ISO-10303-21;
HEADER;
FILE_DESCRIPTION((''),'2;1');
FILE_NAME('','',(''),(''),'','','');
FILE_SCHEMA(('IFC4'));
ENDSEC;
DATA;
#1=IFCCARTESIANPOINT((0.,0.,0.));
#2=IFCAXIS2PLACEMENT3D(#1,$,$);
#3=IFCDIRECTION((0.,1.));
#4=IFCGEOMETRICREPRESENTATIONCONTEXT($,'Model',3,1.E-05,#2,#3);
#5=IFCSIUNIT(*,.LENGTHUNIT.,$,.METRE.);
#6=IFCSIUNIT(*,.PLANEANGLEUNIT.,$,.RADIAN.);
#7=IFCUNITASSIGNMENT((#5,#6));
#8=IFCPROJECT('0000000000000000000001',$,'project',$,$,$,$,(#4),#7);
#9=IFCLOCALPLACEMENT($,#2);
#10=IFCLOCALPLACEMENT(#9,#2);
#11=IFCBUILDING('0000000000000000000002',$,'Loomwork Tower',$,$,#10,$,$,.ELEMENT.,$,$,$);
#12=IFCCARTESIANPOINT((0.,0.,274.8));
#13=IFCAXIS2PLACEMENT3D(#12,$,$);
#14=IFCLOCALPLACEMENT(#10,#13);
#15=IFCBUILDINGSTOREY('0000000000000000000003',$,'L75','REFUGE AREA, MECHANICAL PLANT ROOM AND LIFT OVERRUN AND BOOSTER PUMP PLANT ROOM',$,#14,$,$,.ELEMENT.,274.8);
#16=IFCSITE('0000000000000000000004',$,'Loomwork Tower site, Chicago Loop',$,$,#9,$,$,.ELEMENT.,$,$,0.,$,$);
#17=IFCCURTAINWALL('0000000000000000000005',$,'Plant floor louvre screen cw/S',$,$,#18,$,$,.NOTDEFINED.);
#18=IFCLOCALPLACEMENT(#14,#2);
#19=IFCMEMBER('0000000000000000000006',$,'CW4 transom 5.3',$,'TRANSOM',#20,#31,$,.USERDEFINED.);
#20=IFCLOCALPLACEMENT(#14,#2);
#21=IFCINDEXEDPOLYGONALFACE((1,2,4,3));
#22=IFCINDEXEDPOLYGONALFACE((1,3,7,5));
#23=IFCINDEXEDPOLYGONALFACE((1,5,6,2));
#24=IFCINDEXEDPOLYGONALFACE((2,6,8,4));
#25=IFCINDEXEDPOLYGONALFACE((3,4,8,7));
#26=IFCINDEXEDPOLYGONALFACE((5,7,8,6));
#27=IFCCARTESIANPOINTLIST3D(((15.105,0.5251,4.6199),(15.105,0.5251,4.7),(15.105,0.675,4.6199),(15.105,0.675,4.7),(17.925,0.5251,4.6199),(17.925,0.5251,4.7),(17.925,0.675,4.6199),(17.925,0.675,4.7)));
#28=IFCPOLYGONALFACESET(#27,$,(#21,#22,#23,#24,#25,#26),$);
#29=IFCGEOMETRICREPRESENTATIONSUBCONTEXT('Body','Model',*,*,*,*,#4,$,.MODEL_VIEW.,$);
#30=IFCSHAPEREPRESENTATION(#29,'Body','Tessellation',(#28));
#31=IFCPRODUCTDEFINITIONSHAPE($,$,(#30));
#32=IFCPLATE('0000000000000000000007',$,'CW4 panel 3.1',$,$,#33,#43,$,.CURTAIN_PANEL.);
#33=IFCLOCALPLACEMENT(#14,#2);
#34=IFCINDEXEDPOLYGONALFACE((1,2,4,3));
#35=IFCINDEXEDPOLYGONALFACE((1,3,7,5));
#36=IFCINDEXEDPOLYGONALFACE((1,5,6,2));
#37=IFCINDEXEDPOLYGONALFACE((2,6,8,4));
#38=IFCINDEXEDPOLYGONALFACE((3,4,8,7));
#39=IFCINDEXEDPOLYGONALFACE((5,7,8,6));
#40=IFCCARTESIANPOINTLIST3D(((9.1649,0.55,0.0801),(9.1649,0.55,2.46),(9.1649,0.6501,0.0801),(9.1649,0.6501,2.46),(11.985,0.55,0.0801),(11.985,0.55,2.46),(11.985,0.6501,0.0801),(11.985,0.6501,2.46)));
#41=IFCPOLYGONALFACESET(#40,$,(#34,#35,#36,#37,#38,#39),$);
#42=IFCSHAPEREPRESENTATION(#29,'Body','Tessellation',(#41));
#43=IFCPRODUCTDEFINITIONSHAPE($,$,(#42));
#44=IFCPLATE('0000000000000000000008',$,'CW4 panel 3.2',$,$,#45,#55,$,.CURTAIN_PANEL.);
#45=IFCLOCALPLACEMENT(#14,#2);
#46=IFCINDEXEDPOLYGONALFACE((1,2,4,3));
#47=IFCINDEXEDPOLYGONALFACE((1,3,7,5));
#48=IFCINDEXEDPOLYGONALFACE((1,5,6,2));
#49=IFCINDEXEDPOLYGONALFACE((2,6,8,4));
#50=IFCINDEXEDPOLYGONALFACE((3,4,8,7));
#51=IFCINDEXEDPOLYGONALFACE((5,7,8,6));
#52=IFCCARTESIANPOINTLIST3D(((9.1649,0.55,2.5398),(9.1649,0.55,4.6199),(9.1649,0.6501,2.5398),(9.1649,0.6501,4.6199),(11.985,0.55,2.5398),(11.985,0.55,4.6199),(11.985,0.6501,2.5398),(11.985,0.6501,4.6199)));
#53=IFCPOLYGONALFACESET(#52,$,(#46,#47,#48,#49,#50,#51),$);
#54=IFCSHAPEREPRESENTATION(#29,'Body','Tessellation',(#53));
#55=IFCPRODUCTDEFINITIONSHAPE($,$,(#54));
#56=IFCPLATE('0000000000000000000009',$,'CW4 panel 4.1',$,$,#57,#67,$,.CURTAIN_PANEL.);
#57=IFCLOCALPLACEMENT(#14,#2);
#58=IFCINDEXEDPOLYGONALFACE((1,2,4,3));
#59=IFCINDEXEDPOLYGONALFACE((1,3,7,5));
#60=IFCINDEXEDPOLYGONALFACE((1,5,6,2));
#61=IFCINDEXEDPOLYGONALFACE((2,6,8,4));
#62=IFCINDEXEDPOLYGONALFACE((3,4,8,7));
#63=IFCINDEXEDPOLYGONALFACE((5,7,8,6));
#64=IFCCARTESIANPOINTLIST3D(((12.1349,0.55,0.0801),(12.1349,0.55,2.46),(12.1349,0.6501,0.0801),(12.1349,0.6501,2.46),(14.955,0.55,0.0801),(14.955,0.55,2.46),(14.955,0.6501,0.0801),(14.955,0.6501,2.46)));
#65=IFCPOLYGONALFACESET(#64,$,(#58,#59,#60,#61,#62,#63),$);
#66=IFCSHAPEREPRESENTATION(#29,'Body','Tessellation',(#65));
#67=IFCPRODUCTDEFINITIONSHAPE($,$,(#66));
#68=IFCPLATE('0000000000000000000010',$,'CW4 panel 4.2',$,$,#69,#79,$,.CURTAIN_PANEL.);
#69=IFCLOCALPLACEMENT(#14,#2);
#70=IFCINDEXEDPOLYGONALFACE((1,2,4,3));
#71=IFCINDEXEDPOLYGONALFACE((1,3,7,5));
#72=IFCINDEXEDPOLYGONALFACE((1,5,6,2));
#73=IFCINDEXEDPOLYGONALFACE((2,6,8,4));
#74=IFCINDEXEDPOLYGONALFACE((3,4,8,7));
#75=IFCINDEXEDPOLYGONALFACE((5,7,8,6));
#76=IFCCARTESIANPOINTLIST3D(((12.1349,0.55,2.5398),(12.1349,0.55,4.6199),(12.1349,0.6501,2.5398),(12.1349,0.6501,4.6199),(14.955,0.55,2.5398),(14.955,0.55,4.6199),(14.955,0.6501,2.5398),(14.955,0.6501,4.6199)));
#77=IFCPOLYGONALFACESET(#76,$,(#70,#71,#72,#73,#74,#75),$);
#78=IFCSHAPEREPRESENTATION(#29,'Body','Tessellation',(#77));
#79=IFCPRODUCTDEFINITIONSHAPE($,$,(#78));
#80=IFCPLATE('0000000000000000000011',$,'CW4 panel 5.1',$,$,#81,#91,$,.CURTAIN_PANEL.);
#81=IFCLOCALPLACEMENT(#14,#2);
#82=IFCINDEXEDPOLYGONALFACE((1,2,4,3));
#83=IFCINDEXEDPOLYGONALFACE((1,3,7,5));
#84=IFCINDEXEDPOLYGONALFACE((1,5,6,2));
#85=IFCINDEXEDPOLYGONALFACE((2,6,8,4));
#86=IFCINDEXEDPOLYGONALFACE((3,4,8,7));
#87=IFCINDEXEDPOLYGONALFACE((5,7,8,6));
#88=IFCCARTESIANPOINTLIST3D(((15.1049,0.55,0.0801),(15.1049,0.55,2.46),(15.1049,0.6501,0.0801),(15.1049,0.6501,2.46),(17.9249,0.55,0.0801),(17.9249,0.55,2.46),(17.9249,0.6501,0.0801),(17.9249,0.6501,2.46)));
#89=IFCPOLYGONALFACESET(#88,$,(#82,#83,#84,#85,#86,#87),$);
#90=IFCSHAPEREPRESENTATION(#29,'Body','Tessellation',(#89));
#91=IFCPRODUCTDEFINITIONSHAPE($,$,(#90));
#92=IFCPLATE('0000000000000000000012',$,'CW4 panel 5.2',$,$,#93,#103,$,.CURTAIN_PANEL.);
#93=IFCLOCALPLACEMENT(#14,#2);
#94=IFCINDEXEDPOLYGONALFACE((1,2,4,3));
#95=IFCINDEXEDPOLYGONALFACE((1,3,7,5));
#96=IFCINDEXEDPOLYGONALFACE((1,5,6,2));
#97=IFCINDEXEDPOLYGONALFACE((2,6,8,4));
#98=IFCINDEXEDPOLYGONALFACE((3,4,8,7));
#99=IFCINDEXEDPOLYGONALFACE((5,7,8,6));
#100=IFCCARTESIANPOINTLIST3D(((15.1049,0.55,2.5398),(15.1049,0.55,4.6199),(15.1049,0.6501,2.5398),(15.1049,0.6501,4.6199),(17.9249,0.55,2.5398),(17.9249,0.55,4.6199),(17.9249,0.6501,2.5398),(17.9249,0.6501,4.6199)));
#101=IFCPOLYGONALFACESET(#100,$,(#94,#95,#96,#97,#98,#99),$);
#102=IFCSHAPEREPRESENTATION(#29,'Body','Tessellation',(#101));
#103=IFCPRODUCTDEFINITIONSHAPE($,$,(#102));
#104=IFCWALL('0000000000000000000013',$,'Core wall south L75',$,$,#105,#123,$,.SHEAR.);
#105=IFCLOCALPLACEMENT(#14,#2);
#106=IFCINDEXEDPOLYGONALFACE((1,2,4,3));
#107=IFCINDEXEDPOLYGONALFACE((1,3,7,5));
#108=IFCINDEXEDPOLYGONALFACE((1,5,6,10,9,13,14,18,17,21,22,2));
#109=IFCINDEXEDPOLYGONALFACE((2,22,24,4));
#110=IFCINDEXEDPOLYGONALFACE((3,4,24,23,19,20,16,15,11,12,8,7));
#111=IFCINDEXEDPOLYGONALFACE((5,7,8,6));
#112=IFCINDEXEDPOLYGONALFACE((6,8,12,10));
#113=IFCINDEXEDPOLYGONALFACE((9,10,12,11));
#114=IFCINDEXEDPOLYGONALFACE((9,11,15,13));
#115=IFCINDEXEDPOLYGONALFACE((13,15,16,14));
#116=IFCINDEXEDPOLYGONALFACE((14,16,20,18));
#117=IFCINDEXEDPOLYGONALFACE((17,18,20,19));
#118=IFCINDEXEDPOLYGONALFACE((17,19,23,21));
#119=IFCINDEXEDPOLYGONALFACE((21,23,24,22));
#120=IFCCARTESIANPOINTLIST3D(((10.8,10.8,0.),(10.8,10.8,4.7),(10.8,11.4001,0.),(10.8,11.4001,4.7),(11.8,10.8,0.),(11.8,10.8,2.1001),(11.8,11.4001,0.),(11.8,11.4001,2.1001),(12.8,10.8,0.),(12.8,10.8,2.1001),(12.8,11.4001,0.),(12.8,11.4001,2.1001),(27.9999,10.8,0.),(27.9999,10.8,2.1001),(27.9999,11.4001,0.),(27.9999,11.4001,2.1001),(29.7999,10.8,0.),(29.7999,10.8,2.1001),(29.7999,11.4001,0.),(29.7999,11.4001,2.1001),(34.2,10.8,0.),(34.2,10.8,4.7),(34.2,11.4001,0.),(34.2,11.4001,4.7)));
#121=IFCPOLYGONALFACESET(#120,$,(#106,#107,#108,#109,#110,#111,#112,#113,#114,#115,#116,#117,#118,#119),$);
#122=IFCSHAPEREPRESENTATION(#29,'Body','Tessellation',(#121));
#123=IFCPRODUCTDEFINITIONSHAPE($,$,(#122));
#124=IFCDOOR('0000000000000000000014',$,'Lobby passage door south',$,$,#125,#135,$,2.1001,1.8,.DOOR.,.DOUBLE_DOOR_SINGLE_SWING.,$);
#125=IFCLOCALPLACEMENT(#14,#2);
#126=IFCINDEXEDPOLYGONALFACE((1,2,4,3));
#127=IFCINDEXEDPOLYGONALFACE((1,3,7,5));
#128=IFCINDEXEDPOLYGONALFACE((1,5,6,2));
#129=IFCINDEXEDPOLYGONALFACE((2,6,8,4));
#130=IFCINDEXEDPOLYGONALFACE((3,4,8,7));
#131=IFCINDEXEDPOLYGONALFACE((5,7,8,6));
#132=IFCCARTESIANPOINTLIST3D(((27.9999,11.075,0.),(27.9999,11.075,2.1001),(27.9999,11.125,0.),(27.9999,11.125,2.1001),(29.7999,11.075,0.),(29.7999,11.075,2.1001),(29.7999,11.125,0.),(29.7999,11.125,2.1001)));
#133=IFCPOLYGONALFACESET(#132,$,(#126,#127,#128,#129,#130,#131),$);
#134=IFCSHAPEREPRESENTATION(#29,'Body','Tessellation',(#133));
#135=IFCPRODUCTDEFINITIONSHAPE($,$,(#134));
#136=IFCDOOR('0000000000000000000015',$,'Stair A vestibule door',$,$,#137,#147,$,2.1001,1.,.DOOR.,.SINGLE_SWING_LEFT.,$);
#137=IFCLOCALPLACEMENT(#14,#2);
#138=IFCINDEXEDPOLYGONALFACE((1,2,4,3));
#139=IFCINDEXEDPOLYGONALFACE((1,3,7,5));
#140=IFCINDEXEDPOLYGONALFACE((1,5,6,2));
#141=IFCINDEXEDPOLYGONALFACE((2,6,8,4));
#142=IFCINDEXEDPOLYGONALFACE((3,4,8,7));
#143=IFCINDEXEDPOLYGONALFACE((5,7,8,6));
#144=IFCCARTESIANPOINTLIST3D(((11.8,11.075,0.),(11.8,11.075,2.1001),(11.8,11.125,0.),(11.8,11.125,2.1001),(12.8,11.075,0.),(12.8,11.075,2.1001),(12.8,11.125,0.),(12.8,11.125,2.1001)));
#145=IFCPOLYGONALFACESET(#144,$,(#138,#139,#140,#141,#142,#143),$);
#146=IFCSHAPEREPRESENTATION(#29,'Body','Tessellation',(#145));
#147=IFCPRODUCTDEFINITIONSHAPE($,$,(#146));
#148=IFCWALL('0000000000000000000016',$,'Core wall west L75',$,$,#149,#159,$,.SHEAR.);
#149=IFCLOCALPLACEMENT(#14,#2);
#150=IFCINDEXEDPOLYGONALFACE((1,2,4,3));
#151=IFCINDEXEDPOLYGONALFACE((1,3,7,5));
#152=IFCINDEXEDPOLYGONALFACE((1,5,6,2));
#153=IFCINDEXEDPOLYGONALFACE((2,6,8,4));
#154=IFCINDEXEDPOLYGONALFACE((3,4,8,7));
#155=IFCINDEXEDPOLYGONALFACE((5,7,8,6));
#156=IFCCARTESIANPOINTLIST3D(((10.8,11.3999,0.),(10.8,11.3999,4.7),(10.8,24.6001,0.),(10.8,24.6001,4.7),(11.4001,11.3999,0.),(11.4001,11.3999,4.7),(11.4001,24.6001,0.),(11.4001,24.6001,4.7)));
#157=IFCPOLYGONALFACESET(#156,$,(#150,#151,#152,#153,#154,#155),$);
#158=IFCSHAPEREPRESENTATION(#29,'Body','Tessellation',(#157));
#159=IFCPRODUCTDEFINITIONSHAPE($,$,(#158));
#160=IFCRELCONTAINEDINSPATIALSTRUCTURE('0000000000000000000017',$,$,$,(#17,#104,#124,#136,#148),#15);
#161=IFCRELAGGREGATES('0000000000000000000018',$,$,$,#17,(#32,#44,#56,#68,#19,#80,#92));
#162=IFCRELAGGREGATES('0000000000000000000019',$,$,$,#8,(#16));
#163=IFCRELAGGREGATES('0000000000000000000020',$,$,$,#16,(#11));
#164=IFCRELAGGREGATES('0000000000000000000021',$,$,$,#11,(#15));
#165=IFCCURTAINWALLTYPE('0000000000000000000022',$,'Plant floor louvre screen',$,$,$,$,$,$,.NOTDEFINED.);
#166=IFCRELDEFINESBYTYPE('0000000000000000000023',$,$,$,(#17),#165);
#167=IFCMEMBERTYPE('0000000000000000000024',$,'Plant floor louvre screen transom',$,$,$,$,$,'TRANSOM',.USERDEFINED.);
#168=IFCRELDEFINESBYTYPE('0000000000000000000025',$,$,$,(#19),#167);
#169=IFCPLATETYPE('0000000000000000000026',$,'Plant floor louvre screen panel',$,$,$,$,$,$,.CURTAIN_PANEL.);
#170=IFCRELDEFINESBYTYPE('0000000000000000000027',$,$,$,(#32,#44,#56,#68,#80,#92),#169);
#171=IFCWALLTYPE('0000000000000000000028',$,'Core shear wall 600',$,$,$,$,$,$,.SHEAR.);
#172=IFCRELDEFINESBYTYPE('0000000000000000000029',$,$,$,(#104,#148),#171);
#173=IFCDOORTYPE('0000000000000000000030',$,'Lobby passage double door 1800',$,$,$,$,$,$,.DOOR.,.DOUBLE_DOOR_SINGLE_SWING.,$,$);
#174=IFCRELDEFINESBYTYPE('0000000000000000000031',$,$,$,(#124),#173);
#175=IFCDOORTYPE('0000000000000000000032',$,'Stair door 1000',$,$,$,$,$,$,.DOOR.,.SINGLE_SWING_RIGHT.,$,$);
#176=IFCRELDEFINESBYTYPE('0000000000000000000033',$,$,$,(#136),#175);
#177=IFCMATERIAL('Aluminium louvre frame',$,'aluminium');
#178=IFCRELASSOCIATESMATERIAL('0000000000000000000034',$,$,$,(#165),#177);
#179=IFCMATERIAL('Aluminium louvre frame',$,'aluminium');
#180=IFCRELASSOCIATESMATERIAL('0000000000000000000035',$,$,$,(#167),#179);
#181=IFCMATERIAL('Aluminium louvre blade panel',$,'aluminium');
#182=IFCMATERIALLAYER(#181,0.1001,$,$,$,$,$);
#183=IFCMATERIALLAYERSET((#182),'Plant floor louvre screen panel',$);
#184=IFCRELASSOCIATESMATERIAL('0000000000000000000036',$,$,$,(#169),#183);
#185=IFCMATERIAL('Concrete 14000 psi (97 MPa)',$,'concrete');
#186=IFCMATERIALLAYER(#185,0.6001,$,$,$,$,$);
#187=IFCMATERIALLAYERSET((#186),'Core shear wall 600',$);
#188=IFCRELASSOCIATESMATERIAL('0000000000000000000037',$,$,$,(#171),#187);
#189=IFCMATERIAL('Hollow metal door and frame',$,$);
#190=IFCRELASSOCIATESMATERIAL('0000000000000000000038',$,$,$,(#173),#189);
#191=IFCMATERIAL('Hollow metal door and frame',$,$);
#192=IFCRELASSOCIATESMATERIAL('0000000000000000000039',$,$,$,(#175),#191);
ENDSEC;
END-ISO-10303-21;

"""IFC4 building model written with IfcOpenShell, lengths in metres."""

from ifc_helpers import new_model, si_unit, direction, frame, frame_2d, origin, origin_2d, place, context, subcontext, project, spatial, rectangle, extrude, material, layer, layer_set, material_profile, profile_set, type_object, element, fill, aggregate, save


model = new_model("IFC4")

# Units and contexts
model_context = context("Model", 3, precision=1e-05, world=origin(), true_north=direction((0.0, 1.0)))
body_context = subcontext(model_context, "Body", "Model", "MODEL_VIEW")
ifc_project = project(units=[si_unit("LENGTHUNIT", "METRE"), si_unit("PLANEANGLEUNIT", "RADIAN")], contexts=[model_context])

# Site, building, storey
site_placement = place(None, origin())
site = spatial("IfcSite", under=ifc_project, at=site_placement, Name="Loomwork Tower site, Chicago Loop", CompositionType="ELEMENT", RefElevation=0.0)
building_placement = place(site_placement, origin())
building = spatial("IfcBuilding", under=site, at=building_placement, Name="Loomwork Tower", CompositionType="ELEMENT")
storey_placement = place(building_placement, frame((0.0, 0.0, 274.8)))
storey = spatial("IfcBuildingStorey", under=building, at=storey_placement, Name="L75", Description="REFUGE AREA, MECHANICAL PLANT ROOM AND LIFT OVERRUN AND BOOSTER PUMP PLANT ROOM", CompositionType="ELEMENT", Elevation=274.8)

# Curtain wall, member, plates
ifc_material_1 = material(Name="Aluminium louvre frame", Category="aluminium")
curtain_wall_type = type_object("IfcCurtainWallType", Name="Plant floor louvre screen", PredefinedType="NOTDEFINED", material=ifc_material_1)
curtain_wall_placement = place(storey_placement, origin())
curtain_wall = element("IfcCurtainWall", 1, at=curtain_wall_placement, inside=storey, type_object=curtain_wall_type, Name="Plant floor louvre screen cw/S", PredefinedType="NOTDEFINED")
ifc_material_2 = material(Name="Aluminium louvre frame", Category="aluminium")
ifc_material_profile_1 = material_profile(ifc_material_2, rectangle(XDim=0.1499, YDim=0.0801, at=origin_2d()), Name="AL 80x150")
ifc_profile_set_1 = profile_set([ifc_material_profile_1], Name="Aluminium louvre frame")
member_type_1 = type_object("IfcMemberType", Name="Plant floor louvre screen transom", ElementType="TRANSOM", PredefinedType="USERDEFINED", material=ifc_profile_set_1)
member_1_placement = place(storey_placement, frame((15.105, 0.6001, 4.6599), z_axis=(1.0, 0.0, 0.0), x_axis=(0.0, 1.0, 0.0)))
member_1 = element("IfcMember", 2, at=member_1_placement, type_object=member_type_1, Name="CW4 transom 5.3", ObjectType="TRANSOM", PredefinedType="USERDEFINED", context=body_context, shape_type="SweptSolid", body=[
    extrude(rectangle(XDim=0.1499, YDim=0.0801, at=origin_2d()), origin(), (0.0, 0.0, 1.0), 2.8201),
])
ifc_material_3 = material(Name="Aluminium louvre blade panel", Category="aluminium")
ifc_layer_1 = layer(ifc_material_3, 0.1001)
ifc_layer_set_1 = layer_set([ifc_layer_1], Name="Plant floor louvre screen panel")
plate_type = type_object("IfcPlateType", Name="Plant floor louvre screen panel", PredefinedType="CURTAIN_PANEL", material=ifc_layer_set_1)
plate_1_placement = place(storey_placement, frame((10.575, 0.6001, 0.0801), z_axis=(0.0, 0.0, 1.0), x_axis=(1.0, 0.0, 0.0)))
plate_1 = element("IfcPlate", 3, at=plate_1_placement, type_object=plate_type, Name="CW4 panel 3.1", PredefinedType="CURTAIN_PANEL", context=body_context, shape_type="SweptSolid", body=[
    extrude(rectangle(XDim=2.8201, YDim=0.1001, at=origin_2d()), origin(), (0.0, 0.0, 1.0), 2.3799),
])
plate_2_placement = place(storey_placement, frame((10.575, 0.6001, 2.5398), z_axis=(0.0, 0.0, 1.0), x_axis=(1.0, 0.0, 0.0)))
plate_2 = element("IfcPlate", 4, at=plate_2_placement, type_object=plate_type, Name="CW4 panel 3.2", PredefinedType="CURTAIN_PANEL", context=body_context, shape_type="SweptSolid", body=[
    extrude(rectangle(XDim=2.8201, YDim=0.1001, at=origin_2d()), origin(), (0.0, 0.0, 1.0), 2.0801),
])
plate_3_placement = place(storey_placement, frame((13.5449, 0.6001, 0.0801), z_axis=(0.0, 0.0, 1.0), x_axis=(1.0, 0.0, 0.0)))
plate_3 = element("IfcPlate", 5, at=plate_3_placement, type_object=plate_type, Name="CW4 panel 4.1", PredefinedType="CURTAIN_PANEL", context=body_context, shape_type="SweptSolid", body=[
    extrude(rectangle(XDim=2.8201, YDim=0.1001, at=origin_2d()), origin(), (0.0, 0.0, 1.0), 2.3799),
])
plate_4_placement = place(storey_placement, frame((13.5449, 0.6001, 2.5398), z_axis=(0.0, 0.0, 1.0), x_axis=(1.0, 0.0, 0.0)))
plate_4 = element("IfcPlate", 6, at=plate_4_placement, type_object=plate_type, Name="CW4 panel 4.2", PredefinedType="CURTAIN_PANEL", context=body_context, shape_type="SweptSolid", body=[
    extrude(rectangle(XDim=2.8201, YDim=0.1001, at=origin_2d()), origin(), (0.0, 0.0, 1.0), 2.0801),
])
plate_5_placement = place(storey_placement, frame((16.5149, 0.6001, 0.0801), z_axis=(0.0, 0.0, 1.0), x_axis=(1.0, 0.0, 0.0)))
plate_5 = element("IfcPlate", 7, at=plate_5_placement, type_object=plate_type, Name="CW4 panel 5.1", PredefinedType="CURTAIN_PANEL", context=body_context, shape_type="SweptSolid", body=[
    extrude(rectangle(XDim=2.8201, YDim=0.1001, at=origin_2d()), origin(), (0.0, 0.0, 1.0), 2.3799),
])
plate_6_placement = place(storey_placement, frame((16.5149, 0.6001, 2.5398), z_axis=(0.0, 0.0, 1.0), x_axis=(1.0, 0.0, 0.0)))
plate_6 = element("IfcPlate", 8, at=plate_6_placement, type_object=plate_type, Name="CW4 panel 5.2", PredefinedType="CURTAIN_PANEL", context=body_context, shape_type="SweptSolid", body=[
    extrude(rectangle(XDim=2.8201, YDim=0.1001, at=origin_2d()), origin(), (0.0, 0.0, 1.0), 2.0801),
])
aggregate(curtain_wall, [plate_1, plate_2, plate_3, plate_4, member_1, plate_5, plate_6])

# Wall, openings, doors
ifc_material_4 = material(Name="Concrete 14000 psi (97 MPa)", Category="concrete")
ifc_layer_2 = layer(ifc_material_4, 0.6001)
ifc_layer_set_2 = layer_set([ifc_layer_2], Name="Core shear wall 600")
wall_type_1 = type_object("IfcWallType", Name="Core shear wall 600", PredefinedType="SHEAR", material=ifc_layer_set_2)
wall_1_placement = place(storey_placement, frame((10.8, 11.1001, 0.0), z_axis=(0.0, 0.0, 1.0), x_axis=(1.0, 0.0, 0.0)))
wall_1 = element("IfcWall", 9, at=wall_1_placement, inside=storey, type_object=wall_type_1, Name="Core wall south L75", PredefinedType="SHEAR", context=body_context, shape_type="SweptSolid", body=[
    extrude(rectangle(XDim=23.3999, YDim=0.6001, at=frame_2d((11.7, 0.0))), origin(), (0.0, 0.0, 1.0), 4.7),
])
opening_1_placement = place(wall_1_placement, frame((1.0, 0.0, 0.0)))
opening_1 = element("IfcOpeningElement", 10, at=opening_1_placement, cuts=wall_1, PredefinedType="OPENING", context=body_context, shape_type="SweptSolid", body=[
    extrude(rectangle(XDim=1.0, YDim=2.1001, at=frame_2d((0.5, 1.05))), frame((0.0, 0.3101, 0.0), z_axis=(0.0, -1.0, 0.0), x_axis=(1.0, 0.0, 0.0)), (0.0, 0.0, 1.0), 0.6201),
])
opening_2_placement = place(wall_1_placement, frame((17.2, 0.0, 0.0)))
opening_2 = element("IfcOpeningElement", 11, at=opening_2_placement, cuts=wall_1, PredefinedType="OPENING", context=body_context, shape_type="SweptSolid", body=[
    extrude(rectangle(XDim=1.8, YDim=2.1001, at=frame_2d((0.8999, 1.05))), frame((0.0, 0.3101, 0.0), z_axis=(0.0, -1.0, 0.0), x_axis=(1.0, 0.0, 0.0)), (0.0, 0.0, 1.0), 0.6201),
])
ifc_material_5 = material(Name="Hollow metal door and frame")
door_type_1 = type_object("IfcDoorType", Name="Lobby passage double door 1800", OperationType="DOUBLE_DOOR_SINGLE_SWING", PredefinedType="DOOR", material=ifc_material_5)
door_1_placement = place(opening_2_placement, origin())
door_1 = element("IfcDoor", 12, at=door_1_placement, inside=storey, type_object=door_type_1, Name="Lobby passage door south", OperationType="DOUBLE_DOOR_SINGLE_SWING", OverallHeight=2.1001, OverallWidth=1.8, PredefinedType="DOOR", context=body_context, shape_type="SweptSolid", body=[
    extrude(rectangle(XDim=1.8, YDim=2.1001, at=frame_2d((0.8999, 1.05))), frame((0.0, 0.0249, 0.0), z_axis=(0.0, -1.0, 0.0), x_axis=(1.0, 0.0, 0.0)), (0.0, 0.0, 1.0), 0.05),
])
fill(opening_2, door_1)
ifc_material_6 = material(Name="Hollow metal door and frame")
door_type_2 = type_object("IfcDoorType", Name="Stair door 1000", OperationType="SINGLE_SWING_RIGHT", PredefinedType="DOOR", material=ifc_material_6)
door_2_placement = place(opening_1_placement, origin())
door_2 = element("IfcDoor", 13, at=door_2_placement, inside=storey, type_object=door_type_2, Name="Stair A vestibule door", OperationType="SINGLE_SWING_LEFT", OverallHeight=2.1001, OverallWidth=1.0, PredefinedType="DOOR", context=body_context, shape_type="SweptSolid", body=[
    extrude(rectangle(XDim=1.0, YDim=2.1001, at=frame_2d((0.5, 1.05))), frame((0.0, 0.0249, 0.0), z_axis=(0.0, -1.0, 0.0), x_axis=(1.0, 0.0, 0.0)), (0.0, 0.0, 1.0), 0.05),
])
fill(opening_1, door_2)

# Wall
wall_2_placement = place(storey_placement, frame((11.1001, 11.3999, 0.0), z_axis=(0.0, 0.0, 1.0), x_axis=(0.0, 1.0, 0.0)))
element("IfcWall", 14, at=wall_2_placement, inside=storey, type_object=wall_type_1, Name="Core wall west L75", PredefinedType="SHEAR", context=body_context, shape_type="SweptSolid", body=[
    extrude(rectangle(XDim=13.2002, YDim=0.6001, at=frame_2d((6.6001, 0.0))), origin(), (0.0, 0.0, 1.0), 4.7),
])

save(model, "model.ifc")
